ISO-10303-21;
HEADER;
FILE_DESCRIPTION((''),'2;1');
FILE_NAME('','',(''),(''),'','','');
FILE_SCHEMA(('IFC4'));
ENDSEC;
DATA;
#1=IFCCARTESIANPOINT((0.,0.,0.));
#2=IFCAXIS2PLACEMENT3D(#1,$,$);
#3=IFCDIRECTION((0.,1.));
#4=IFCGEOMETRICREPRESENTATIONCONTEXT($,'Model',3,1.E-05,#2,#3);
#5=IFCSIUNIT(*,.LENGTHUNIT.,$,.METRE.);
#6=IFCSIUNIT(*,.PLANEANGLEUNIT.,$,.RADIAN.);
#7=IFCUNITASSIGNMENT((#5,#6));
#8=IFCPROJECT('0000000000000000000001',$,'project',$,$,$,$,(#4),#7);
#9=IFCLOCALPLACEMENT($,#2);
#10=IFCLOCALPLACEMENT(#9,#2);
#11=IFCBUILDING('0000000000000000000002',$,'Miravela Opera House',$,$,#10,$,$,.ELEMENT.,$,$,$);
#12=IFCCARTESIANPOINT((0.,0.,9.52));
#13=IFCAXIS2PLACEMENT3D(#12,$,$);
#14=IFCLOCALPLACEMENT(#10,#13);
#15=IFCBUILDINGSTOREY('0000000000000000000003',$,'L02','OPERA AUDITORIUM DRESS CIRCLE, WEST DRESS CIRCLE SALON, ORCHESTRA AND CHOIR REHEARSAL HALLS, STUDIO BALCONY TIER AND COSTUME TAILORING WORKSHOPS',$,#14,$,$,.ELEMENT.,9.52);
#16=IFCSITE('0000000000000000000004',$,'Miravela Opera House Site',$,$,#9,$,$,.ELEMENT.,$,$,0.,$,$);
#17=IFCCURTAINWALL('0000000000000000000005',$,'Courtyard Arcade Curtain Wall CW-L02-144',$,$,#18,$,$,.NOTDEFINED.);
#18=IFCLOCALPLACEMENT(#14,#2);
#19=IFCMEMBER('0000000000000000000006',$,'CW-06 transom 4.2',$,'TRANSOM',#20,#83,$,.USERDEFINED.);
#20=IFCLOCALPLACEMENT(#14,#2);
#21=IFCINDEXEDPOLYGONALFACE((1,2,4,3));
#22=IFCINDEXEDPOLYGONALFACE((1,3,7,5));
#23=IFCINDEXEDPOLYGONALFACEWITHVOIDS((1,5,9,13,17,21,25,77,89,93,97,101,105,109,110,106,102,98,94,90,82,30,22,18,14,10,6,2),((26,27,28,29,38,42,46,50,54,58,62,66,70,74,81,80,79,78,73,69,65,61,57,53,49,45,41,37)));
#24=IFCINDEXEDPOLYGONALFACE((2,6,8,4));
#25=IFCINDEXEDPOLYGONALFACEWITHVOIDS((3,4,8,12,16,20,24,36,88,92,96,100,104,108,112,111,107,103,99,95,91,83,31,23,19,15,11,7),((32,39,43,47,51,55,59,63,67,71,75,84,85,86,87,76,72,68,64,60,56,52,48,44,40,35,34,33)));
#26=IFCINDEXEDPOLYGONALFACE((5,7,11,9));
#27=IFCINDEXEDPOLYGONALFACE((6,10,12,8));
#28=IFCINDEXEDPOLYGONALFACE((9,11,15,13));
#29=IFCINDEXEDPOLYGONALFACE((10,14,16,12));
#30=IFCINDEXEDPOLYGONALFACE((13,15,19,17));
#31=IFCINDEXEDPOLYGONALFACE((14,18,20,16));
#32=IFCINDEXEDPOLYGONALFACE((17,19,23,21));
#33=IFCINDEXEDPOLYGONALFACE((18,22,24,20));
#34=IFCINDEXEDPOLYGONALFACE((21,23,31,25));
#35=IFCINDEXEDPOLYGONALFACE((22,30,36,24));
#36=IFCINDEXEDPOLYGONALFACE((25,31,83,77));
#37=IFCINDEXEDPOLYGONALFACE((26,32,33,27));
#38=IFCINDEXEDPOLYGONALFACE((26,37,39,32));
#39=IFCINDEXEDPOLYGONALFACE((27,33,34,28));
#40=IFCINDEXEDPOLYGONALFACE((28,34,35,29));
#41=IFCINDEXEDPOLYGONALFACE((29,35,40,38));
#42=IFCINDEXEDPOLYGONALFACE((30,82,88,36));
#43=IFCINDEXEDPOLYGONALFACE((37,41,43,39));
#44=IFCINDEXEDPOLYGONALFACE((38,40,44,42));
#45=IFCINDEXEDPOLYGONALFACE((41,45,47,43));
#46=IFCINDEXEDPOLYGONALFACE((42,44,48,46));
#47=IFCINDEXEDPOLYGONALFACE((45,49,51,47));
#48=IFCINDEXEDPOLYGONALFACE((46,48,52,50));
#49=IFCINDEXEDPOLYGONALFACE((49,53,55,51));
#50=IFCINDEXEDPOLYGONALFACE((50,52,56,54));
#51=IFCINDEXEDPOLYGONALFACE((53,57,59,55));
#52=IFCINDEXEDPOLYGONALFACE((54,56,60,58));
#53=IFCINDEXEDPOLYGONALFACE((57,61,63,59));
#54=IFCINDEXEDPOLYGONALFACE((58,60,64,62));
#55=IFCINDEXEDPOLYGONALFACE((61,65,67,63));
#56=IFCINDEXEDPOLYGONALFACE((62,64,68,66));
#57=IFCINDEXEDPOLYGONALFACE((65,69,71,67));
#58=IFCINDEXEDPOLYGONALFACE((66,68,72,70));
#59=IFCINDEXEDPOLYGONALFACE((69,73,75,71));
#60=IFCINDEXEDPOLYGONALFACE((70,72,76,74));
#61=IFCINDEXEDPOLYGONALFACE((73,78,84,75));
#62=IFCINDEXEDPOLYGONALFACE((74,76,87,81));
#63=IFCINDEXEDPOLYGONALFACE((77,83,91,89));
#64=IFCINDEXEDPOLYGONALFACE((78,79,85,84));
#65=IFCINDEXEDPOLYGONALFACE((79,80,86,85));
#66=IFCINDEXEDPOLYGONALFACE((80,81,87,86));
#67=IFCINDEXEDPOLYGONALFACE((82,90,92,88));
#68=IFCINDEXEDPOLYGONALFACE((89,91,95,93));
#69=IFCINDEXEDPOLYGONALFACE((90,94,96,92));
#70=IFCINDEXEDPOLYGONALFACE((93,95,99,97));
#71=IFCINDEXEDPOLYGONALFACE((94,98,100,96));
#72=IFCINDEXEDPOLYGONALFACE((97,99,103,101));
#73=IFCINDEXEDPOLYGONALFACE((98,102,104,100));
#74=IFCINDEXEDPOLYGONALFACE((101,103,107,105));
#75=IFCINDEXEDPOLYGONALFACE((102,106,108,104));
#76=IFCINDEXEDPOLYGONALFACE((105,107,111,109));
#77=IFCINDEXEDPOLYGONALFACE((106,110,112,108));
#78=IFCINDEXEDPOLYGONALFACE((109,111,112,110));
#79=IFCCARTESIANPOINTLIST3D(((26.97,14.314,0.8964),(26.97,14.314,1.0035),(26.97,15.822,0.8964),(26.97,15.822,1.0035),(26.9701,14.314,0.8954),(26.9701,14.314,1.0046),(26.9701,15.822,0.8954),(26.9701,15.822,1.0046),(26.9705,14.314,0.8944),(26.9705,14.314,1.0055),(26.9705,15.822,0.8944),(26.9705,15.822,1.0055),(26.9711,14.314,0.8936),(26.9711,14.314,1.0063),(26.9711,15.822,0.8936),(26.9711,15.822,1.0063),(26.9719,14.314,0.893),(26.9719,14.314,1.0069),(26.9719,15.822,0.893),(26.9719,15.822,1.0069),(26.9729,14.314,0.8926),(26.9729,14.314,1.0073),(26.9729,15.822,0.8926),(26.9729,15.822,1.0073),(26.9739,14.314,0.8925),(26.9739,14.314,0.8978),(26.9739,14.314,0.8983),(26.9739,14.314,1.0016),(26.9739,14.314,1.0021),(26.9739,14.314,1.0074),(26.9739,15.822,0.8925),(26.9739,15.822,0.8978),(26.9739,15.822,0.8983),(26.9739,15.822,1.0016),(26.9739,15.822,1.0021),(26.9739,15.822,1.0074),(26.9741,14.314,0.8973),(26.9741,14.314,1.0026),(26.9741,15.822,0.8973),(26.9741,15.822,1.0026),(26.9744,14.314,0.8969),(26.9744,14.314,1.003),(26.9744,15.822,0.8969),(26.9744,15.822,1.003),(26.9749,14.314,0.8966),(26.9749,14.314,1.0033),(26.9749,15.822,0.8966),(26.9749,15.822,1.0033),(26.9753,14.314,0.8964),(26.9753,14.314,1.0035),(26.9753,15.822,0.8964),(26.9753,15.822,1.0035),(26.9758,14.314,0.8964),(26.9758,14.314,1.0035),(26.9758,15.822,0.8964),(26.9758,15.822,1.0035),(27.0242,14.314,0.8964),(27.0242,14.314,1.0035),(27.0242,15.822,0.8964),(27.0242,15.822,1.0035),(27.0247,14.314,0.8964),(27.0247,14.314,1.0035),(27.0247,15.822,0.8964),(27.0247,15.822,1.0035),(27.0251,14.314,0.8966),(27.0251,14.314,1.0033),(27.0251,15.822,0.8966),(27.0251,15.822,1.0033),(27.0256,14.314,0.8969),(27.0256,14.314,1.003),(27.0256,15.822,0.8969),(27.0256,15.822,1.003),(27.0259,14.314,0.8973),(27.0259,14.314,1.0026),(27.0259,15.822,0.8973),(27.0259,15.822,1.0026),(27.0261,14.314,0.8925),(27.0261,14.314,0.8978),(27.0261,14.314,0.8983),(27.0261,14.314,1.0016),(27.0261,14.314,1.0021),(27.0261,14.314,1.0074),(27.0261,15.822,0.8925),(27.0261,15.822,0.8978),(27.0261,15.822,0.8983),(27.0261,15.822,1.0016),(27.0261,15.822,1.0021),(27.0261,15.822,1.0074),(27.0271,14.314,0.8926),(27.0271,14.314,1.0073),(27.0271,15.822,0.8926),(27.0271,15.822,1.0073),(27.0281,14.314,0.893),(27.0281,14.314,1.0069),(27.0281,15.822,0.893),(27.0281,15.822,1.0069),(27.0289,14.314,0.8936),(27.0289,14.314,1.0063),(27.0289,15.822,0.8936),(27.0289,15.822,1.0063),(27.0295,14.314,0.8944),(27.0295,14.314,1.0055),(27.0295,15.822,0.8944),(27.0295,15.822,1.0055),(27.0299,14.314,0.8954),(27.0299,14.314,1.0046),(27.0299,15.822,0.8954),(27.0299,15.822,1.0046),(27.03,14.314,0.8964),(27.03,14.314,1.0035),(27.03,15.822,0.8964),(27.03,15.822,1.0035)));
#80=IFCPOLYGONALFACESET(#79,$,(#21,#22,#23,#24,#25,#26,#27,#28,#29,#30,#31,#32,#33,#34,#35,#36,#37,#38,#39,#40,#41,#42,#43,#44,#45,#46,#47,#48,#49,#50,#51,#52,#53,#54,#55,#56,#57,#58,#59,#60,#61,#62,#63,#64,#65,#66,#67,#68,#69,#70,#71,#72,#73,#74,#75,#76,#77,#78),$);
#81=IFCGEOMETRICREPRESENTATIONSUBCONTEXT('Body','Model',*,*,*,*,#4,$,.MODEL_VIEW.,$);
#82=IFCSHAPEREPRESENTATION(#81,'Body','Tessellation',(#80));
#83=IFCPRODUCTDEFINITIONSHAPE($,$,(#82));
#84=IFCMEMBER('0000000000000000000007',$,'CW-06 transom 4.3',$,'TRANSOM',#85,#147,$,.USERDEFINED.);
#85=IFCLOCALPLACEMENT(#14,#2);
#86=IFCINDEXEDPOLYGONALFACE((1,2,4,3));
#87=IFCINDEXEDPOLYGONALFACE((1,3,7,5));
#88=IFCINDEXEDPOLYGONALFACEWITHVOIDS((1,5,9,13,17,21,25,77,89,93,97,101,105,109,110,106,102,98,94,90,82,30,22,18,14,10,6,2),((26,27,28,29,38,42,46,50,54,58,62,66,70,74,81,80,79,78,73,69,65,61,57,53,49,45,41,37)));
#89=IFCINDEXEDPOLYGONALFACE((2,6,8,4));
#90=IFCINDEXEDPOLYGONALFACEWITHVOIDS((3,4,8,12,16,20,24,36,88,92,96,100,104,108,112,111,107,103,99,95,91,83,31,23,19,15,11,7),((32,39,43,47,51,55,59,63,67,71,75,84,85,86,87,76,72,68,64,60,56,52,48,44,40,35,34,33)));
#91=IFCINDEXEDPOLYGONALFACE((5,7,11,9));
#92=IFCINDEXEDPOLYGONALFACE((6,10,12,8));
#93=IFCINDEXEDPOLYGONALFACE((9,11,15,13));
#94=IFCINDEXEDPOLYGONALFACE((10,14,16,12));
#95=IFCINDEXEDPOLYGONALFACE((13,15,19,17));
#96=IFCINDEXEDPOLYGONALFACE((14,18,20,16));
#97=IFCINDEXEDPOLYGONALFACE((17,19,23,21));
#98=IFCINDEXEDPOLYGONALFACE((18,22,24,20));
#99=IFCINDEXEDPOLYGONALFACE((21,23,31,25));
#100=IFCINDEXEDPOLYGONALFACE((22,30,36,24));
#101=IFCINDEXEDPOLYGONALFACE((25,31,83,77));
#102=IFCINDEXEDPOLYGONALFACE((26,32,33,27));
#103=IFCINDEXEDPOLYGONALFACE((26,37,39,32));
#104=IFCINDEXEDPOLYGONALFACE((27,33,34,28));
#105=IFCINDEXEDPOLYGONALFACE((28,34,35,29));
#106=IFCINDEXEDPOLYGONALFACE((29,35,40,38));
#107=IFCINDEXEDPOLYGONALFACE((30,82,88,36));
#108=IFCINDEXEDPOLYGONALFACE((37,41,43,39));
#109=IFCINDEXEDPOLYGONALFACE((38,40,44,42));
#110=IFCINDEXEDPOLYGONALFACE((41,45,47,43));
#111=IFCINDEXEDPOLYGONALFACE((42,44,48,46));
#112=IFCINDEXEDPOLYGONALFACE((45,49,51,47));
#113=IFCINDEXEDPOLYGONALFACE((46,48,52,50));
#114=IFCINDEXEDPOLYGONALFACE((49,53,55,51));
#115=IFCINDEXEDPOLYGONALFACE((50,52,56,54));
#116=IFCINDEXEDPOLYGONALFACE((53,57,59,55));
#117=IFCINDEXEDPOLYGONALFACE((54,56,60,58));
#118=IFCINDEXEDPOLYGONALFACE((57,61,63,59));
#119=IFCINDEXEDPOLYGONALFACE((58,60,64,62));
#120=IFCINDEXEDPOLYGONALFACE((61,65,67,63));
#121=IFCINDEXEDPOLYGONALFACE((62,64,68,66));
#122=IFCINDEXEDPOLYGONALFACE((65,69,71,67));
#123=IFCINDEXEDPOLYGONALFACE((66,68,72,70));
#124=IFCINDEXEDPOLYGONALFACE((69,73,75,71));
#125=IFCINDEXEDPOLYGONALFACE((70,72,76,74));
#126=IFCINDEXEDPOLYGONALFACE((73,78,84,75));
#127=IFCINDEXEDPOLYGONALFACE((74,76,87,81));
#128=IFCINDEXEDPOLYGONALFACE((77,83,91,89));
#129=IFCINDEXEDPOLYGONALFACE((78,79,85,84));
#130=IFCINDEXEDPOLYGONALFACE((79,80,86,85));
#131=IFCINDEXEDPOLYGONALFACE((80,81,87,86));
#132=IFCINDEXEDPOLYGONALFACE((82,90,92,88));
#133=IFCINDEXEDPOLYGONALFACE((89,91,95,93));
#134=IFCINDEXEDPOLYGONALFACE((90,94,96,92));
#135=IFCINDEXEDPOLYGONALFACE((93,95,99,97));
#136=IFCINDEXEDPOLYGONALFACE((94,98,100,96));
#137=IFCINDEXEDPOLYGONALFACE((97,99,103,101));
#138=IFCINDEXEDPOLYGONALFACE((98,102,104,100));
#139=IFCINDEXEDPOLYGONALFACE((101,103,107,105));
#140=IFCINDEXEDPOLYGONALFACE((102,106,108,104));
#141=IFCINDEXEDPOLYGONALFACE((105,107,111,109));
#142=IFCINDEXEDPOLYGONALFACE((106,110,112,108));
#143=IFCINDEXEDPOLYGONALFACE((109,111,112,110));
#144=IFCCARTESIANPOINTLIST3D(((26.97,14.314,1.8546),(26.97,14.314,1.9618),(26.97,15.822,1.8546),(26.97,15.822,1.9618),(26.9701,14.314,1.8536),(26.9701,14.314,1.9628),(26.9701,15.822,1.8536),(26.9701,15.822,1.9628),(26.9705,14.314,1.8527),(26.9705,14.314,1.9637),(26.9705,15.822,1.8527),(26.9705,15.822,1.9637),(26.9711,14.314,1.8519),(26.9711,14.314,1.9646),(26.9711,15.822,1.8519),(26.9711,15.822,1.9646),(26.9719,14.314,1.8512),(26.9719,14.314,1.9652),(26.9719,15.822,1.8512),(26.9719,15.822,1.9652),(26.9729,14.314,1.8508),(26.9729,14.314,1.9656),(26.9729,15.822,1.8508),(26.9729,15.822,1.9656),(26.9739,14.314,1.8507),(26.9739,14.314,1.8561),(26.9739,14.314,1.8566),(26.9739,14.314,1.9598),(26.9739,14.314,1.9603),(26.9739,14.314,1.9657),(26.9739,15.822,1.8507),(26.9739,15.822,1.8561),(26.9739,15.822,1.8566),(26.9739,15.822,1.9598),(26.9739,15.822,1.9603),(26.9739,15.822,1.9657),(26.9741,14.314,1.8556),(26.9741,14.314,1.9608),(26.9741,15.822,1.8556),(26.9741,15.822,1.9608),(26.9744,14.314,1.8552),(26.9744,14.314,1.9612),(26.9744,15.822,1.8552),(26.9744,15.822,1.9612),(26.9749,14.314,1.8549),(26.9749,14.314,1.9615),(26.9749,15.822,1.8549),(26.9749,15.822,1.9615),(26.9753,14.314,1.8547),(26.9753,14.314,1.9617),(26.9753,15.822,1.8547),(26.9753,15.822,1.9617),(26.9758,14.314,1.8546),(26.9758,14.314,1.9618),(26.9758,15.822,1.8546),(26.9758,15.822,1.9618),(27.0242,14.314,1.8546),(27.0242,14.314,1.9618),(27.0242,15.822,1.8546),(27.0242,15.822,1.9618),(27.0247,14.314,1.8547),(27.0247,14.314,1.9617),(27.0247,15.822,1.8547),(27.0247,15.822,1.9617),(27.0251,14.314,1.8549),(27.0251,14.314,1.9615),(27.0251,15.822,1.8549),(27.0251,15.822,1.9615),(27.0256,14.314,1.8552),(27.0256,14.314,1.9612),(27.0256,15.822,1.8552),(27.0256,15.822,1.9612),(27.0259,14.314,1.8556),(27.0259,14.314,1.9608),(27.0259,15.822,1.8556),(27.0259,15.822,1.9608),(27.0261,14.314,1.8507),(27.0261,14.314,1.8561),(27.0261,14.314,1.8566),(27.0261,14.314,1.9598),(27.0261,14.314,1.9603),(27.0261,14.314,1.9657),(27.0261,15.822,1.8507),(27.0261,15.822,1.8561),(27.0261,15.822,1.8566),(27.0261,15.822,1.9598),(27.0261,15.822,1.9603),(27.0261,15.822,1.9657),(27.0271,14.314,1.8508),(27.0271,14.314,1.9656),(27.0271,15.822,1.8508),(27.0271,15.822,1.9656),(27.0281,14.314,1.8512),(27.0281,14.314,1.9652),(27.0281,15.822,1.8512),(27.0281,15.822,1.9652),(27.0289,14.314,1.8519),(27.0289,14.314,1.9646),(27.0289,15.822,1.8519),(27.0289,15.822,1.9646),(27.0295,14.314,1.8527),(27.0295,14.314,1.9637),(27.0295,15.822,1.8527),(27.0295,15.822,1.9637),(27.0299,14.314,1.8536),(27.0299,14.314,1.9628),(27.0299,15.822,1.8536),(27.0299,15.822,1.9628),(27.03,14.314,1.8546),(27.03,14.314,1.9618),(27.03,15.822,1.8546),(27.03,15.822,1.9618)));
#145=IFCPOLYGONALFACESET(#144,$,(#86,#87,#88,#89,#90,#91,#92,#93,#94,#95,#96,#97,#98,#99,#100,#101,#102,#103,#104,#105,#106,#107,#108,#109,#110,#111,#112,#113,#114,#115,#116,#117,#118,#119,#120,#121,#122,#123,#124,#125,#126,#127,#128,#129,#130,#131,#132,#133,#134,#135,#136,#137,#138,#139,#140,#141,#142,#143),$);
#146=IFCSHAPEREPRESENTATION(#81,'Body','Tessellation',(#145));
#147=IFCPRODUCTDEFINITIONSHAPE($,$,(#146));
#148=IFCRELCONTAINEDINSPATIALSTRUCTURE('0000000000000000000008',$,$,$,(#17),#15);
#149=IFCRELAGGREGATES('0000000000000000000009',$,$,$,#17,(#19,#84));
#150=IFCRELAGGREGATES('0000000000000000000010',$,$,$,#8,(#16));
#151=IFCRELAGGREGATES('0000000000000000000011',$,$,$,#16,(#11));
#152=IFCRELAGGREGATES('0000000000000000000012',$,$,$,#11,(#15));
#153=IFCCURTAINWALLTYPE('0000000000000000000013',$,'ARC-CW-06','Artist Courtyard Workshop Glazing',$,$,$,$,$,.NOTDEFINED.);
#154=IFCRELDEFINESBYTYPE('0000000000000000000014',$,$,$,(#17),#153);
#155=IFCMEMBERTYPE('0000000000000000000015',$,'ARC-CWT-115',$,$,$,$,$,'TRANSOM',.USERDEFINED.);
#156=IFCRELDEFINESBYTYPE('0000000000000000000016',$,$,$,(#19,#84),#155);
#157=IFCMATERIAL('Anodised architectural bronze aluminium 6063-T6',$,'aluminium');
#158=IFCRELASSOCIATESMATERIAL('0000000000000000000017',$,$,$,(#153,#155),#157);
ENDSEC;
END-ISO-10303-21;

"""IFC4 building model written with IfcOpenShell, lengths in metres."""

from ifc_helpers import new_model, si_unit, direction, frame, origin, origin_2d, place, context, subcontext, project, spatial, hollow_rectangle, extrude, material, material_profile, profile_set, type_object, element, aggregate, save


model = new_model("IFC4")

# Units and contexts
model_context = context("Model", 3, precision=1e-05, world=origin(), true_north=direction((0.0, 1.0)))
body_context = subcontext(model_context, "Body", "Model", "MODEL_VIEW")
ifc_project = project(units=[si_unit("LENGTHUNIT", "METRE"), si_unit("PLANEANGLEUNIT", "RADIAN")], contexts=[model_context])

# Site, building, storey
site_placement = place(None, origin())
site = spatial("IfcSite", under=ifc_project, at=site_placement, Name="Miravela Opera House Site", CompositionType="ELEMENT", RefElevation=0.0)
building_placement = place(site_placement, origin())
building = spatial("IfcBuilding", under=site, at=building_placement, Name="Miravela Opera House", CompositionType="ELEMENT")
storey_placement = place(building_placement, frame((0.0, 0.0, 9.52)))
storey = spatial("IfcBuildingStorey", under=building, at=storey_placement, Name="L02", Description="OPERA AUDITORIUM DRESS CIRCLE, WEST DRESS CIRCLE SALON, ORCHESTRA AND CHOIR REHEARSAL HALLS, STUDIO BALCONY TIER AND COSTUME TAILORING WORKSHOPS", CompositionType="ELEMENT", Elevation=9.52)

# Curtain wall, members
ifc_material_1 = material(Name="Anodised architectural bronze aluminium 6063-T6", Category="aluminium")
curtain_wall_type = type_object("IfcCurtainWallType", Name="ARC-CW-06", Description="Artist Courtyard Workshop Glazing", PredefinedType="NOTDEFINED", material=ifc_material_1)
curtain_wall_placement = place(storey_placement, origin())
curtain_wall = element("IfcCurtainWall", 1, at=curtain_wall_placement, inside=storey, type_object=curtain_wall_type, Name="Courtyard Arcade Curtain Wall CW-L02-144", PredefinedType="NOTDEFINED")
ifc_material_profile_1 = material_profile(ifc_material_1, hollow_rectangle(XDim=0.0601, YDim=0.115, WallThickness=0.0039, InnerFilletRadius=0.002, OuterFilletRadius=0.0039, at=origin_2d()), Name="CWT-60X115")
ifc_profile_set_1 = profile_set([ifc_material_profile_1])
member_type_1 = type_object("IfcMemberType", Name="ARC-CWT-115", ElementType="TRANSOM", PredefinedType="USERDEFINED", material=ifc_profile_set_1)
member_1_placement = place(storey_placement, frame((27.0, 14.314, 0.95), z_axis=(0.0, 1.0, 0.0), x_axis=(-1.0, 0.0, 0.0)))
member_1 = element("IfcMember", 2, at=member_1_placement, type_object=member_type_1, Name="CW-06 transom 4.2", ObjectType="TRANSOM", PredefinedType="USERDEFINED", context=body_context, shape_type="SweptSolid", body=[
    extrude(hollow_rectangle(XDim=0.0601, YDim=0.115, WallThickness=0.0039, InnerFilletRadius=0.002, OuterFilletRadius=0.0039, at=origin_2d()), origin(), (0.0, 0.0, 1.0), 1.5081),
])
member_2_placement = place(storey_placement, frame((27.0, 14.314, 1.9082), z_axis=(0.0, 1.0, 0.0), x_axis=(-1.0, 0.0, 0.0)))
member_2 = element("IfcMember", 3, at=member_2_placement, type_object=member_type_1, Name="CW-06 transom 4.3", ObjectType="TRANSOM", PredefinedType="USERDEFINED", context=body_context, shape_type="SweptSolid", body=[
    extrude(hollow_rectangle(XDim=0.0601, YDim=0.115, WallThickness=0.0039, InnerFilletRadius=0.002, OuterFilletRadius=0.0039, at=origin_2d()), origin(), (0.0, 0.0, 1.0), 1.5081),
])

aggregate(curtain_wall, [member_1, member_2])

save(model, "model.ifc")
